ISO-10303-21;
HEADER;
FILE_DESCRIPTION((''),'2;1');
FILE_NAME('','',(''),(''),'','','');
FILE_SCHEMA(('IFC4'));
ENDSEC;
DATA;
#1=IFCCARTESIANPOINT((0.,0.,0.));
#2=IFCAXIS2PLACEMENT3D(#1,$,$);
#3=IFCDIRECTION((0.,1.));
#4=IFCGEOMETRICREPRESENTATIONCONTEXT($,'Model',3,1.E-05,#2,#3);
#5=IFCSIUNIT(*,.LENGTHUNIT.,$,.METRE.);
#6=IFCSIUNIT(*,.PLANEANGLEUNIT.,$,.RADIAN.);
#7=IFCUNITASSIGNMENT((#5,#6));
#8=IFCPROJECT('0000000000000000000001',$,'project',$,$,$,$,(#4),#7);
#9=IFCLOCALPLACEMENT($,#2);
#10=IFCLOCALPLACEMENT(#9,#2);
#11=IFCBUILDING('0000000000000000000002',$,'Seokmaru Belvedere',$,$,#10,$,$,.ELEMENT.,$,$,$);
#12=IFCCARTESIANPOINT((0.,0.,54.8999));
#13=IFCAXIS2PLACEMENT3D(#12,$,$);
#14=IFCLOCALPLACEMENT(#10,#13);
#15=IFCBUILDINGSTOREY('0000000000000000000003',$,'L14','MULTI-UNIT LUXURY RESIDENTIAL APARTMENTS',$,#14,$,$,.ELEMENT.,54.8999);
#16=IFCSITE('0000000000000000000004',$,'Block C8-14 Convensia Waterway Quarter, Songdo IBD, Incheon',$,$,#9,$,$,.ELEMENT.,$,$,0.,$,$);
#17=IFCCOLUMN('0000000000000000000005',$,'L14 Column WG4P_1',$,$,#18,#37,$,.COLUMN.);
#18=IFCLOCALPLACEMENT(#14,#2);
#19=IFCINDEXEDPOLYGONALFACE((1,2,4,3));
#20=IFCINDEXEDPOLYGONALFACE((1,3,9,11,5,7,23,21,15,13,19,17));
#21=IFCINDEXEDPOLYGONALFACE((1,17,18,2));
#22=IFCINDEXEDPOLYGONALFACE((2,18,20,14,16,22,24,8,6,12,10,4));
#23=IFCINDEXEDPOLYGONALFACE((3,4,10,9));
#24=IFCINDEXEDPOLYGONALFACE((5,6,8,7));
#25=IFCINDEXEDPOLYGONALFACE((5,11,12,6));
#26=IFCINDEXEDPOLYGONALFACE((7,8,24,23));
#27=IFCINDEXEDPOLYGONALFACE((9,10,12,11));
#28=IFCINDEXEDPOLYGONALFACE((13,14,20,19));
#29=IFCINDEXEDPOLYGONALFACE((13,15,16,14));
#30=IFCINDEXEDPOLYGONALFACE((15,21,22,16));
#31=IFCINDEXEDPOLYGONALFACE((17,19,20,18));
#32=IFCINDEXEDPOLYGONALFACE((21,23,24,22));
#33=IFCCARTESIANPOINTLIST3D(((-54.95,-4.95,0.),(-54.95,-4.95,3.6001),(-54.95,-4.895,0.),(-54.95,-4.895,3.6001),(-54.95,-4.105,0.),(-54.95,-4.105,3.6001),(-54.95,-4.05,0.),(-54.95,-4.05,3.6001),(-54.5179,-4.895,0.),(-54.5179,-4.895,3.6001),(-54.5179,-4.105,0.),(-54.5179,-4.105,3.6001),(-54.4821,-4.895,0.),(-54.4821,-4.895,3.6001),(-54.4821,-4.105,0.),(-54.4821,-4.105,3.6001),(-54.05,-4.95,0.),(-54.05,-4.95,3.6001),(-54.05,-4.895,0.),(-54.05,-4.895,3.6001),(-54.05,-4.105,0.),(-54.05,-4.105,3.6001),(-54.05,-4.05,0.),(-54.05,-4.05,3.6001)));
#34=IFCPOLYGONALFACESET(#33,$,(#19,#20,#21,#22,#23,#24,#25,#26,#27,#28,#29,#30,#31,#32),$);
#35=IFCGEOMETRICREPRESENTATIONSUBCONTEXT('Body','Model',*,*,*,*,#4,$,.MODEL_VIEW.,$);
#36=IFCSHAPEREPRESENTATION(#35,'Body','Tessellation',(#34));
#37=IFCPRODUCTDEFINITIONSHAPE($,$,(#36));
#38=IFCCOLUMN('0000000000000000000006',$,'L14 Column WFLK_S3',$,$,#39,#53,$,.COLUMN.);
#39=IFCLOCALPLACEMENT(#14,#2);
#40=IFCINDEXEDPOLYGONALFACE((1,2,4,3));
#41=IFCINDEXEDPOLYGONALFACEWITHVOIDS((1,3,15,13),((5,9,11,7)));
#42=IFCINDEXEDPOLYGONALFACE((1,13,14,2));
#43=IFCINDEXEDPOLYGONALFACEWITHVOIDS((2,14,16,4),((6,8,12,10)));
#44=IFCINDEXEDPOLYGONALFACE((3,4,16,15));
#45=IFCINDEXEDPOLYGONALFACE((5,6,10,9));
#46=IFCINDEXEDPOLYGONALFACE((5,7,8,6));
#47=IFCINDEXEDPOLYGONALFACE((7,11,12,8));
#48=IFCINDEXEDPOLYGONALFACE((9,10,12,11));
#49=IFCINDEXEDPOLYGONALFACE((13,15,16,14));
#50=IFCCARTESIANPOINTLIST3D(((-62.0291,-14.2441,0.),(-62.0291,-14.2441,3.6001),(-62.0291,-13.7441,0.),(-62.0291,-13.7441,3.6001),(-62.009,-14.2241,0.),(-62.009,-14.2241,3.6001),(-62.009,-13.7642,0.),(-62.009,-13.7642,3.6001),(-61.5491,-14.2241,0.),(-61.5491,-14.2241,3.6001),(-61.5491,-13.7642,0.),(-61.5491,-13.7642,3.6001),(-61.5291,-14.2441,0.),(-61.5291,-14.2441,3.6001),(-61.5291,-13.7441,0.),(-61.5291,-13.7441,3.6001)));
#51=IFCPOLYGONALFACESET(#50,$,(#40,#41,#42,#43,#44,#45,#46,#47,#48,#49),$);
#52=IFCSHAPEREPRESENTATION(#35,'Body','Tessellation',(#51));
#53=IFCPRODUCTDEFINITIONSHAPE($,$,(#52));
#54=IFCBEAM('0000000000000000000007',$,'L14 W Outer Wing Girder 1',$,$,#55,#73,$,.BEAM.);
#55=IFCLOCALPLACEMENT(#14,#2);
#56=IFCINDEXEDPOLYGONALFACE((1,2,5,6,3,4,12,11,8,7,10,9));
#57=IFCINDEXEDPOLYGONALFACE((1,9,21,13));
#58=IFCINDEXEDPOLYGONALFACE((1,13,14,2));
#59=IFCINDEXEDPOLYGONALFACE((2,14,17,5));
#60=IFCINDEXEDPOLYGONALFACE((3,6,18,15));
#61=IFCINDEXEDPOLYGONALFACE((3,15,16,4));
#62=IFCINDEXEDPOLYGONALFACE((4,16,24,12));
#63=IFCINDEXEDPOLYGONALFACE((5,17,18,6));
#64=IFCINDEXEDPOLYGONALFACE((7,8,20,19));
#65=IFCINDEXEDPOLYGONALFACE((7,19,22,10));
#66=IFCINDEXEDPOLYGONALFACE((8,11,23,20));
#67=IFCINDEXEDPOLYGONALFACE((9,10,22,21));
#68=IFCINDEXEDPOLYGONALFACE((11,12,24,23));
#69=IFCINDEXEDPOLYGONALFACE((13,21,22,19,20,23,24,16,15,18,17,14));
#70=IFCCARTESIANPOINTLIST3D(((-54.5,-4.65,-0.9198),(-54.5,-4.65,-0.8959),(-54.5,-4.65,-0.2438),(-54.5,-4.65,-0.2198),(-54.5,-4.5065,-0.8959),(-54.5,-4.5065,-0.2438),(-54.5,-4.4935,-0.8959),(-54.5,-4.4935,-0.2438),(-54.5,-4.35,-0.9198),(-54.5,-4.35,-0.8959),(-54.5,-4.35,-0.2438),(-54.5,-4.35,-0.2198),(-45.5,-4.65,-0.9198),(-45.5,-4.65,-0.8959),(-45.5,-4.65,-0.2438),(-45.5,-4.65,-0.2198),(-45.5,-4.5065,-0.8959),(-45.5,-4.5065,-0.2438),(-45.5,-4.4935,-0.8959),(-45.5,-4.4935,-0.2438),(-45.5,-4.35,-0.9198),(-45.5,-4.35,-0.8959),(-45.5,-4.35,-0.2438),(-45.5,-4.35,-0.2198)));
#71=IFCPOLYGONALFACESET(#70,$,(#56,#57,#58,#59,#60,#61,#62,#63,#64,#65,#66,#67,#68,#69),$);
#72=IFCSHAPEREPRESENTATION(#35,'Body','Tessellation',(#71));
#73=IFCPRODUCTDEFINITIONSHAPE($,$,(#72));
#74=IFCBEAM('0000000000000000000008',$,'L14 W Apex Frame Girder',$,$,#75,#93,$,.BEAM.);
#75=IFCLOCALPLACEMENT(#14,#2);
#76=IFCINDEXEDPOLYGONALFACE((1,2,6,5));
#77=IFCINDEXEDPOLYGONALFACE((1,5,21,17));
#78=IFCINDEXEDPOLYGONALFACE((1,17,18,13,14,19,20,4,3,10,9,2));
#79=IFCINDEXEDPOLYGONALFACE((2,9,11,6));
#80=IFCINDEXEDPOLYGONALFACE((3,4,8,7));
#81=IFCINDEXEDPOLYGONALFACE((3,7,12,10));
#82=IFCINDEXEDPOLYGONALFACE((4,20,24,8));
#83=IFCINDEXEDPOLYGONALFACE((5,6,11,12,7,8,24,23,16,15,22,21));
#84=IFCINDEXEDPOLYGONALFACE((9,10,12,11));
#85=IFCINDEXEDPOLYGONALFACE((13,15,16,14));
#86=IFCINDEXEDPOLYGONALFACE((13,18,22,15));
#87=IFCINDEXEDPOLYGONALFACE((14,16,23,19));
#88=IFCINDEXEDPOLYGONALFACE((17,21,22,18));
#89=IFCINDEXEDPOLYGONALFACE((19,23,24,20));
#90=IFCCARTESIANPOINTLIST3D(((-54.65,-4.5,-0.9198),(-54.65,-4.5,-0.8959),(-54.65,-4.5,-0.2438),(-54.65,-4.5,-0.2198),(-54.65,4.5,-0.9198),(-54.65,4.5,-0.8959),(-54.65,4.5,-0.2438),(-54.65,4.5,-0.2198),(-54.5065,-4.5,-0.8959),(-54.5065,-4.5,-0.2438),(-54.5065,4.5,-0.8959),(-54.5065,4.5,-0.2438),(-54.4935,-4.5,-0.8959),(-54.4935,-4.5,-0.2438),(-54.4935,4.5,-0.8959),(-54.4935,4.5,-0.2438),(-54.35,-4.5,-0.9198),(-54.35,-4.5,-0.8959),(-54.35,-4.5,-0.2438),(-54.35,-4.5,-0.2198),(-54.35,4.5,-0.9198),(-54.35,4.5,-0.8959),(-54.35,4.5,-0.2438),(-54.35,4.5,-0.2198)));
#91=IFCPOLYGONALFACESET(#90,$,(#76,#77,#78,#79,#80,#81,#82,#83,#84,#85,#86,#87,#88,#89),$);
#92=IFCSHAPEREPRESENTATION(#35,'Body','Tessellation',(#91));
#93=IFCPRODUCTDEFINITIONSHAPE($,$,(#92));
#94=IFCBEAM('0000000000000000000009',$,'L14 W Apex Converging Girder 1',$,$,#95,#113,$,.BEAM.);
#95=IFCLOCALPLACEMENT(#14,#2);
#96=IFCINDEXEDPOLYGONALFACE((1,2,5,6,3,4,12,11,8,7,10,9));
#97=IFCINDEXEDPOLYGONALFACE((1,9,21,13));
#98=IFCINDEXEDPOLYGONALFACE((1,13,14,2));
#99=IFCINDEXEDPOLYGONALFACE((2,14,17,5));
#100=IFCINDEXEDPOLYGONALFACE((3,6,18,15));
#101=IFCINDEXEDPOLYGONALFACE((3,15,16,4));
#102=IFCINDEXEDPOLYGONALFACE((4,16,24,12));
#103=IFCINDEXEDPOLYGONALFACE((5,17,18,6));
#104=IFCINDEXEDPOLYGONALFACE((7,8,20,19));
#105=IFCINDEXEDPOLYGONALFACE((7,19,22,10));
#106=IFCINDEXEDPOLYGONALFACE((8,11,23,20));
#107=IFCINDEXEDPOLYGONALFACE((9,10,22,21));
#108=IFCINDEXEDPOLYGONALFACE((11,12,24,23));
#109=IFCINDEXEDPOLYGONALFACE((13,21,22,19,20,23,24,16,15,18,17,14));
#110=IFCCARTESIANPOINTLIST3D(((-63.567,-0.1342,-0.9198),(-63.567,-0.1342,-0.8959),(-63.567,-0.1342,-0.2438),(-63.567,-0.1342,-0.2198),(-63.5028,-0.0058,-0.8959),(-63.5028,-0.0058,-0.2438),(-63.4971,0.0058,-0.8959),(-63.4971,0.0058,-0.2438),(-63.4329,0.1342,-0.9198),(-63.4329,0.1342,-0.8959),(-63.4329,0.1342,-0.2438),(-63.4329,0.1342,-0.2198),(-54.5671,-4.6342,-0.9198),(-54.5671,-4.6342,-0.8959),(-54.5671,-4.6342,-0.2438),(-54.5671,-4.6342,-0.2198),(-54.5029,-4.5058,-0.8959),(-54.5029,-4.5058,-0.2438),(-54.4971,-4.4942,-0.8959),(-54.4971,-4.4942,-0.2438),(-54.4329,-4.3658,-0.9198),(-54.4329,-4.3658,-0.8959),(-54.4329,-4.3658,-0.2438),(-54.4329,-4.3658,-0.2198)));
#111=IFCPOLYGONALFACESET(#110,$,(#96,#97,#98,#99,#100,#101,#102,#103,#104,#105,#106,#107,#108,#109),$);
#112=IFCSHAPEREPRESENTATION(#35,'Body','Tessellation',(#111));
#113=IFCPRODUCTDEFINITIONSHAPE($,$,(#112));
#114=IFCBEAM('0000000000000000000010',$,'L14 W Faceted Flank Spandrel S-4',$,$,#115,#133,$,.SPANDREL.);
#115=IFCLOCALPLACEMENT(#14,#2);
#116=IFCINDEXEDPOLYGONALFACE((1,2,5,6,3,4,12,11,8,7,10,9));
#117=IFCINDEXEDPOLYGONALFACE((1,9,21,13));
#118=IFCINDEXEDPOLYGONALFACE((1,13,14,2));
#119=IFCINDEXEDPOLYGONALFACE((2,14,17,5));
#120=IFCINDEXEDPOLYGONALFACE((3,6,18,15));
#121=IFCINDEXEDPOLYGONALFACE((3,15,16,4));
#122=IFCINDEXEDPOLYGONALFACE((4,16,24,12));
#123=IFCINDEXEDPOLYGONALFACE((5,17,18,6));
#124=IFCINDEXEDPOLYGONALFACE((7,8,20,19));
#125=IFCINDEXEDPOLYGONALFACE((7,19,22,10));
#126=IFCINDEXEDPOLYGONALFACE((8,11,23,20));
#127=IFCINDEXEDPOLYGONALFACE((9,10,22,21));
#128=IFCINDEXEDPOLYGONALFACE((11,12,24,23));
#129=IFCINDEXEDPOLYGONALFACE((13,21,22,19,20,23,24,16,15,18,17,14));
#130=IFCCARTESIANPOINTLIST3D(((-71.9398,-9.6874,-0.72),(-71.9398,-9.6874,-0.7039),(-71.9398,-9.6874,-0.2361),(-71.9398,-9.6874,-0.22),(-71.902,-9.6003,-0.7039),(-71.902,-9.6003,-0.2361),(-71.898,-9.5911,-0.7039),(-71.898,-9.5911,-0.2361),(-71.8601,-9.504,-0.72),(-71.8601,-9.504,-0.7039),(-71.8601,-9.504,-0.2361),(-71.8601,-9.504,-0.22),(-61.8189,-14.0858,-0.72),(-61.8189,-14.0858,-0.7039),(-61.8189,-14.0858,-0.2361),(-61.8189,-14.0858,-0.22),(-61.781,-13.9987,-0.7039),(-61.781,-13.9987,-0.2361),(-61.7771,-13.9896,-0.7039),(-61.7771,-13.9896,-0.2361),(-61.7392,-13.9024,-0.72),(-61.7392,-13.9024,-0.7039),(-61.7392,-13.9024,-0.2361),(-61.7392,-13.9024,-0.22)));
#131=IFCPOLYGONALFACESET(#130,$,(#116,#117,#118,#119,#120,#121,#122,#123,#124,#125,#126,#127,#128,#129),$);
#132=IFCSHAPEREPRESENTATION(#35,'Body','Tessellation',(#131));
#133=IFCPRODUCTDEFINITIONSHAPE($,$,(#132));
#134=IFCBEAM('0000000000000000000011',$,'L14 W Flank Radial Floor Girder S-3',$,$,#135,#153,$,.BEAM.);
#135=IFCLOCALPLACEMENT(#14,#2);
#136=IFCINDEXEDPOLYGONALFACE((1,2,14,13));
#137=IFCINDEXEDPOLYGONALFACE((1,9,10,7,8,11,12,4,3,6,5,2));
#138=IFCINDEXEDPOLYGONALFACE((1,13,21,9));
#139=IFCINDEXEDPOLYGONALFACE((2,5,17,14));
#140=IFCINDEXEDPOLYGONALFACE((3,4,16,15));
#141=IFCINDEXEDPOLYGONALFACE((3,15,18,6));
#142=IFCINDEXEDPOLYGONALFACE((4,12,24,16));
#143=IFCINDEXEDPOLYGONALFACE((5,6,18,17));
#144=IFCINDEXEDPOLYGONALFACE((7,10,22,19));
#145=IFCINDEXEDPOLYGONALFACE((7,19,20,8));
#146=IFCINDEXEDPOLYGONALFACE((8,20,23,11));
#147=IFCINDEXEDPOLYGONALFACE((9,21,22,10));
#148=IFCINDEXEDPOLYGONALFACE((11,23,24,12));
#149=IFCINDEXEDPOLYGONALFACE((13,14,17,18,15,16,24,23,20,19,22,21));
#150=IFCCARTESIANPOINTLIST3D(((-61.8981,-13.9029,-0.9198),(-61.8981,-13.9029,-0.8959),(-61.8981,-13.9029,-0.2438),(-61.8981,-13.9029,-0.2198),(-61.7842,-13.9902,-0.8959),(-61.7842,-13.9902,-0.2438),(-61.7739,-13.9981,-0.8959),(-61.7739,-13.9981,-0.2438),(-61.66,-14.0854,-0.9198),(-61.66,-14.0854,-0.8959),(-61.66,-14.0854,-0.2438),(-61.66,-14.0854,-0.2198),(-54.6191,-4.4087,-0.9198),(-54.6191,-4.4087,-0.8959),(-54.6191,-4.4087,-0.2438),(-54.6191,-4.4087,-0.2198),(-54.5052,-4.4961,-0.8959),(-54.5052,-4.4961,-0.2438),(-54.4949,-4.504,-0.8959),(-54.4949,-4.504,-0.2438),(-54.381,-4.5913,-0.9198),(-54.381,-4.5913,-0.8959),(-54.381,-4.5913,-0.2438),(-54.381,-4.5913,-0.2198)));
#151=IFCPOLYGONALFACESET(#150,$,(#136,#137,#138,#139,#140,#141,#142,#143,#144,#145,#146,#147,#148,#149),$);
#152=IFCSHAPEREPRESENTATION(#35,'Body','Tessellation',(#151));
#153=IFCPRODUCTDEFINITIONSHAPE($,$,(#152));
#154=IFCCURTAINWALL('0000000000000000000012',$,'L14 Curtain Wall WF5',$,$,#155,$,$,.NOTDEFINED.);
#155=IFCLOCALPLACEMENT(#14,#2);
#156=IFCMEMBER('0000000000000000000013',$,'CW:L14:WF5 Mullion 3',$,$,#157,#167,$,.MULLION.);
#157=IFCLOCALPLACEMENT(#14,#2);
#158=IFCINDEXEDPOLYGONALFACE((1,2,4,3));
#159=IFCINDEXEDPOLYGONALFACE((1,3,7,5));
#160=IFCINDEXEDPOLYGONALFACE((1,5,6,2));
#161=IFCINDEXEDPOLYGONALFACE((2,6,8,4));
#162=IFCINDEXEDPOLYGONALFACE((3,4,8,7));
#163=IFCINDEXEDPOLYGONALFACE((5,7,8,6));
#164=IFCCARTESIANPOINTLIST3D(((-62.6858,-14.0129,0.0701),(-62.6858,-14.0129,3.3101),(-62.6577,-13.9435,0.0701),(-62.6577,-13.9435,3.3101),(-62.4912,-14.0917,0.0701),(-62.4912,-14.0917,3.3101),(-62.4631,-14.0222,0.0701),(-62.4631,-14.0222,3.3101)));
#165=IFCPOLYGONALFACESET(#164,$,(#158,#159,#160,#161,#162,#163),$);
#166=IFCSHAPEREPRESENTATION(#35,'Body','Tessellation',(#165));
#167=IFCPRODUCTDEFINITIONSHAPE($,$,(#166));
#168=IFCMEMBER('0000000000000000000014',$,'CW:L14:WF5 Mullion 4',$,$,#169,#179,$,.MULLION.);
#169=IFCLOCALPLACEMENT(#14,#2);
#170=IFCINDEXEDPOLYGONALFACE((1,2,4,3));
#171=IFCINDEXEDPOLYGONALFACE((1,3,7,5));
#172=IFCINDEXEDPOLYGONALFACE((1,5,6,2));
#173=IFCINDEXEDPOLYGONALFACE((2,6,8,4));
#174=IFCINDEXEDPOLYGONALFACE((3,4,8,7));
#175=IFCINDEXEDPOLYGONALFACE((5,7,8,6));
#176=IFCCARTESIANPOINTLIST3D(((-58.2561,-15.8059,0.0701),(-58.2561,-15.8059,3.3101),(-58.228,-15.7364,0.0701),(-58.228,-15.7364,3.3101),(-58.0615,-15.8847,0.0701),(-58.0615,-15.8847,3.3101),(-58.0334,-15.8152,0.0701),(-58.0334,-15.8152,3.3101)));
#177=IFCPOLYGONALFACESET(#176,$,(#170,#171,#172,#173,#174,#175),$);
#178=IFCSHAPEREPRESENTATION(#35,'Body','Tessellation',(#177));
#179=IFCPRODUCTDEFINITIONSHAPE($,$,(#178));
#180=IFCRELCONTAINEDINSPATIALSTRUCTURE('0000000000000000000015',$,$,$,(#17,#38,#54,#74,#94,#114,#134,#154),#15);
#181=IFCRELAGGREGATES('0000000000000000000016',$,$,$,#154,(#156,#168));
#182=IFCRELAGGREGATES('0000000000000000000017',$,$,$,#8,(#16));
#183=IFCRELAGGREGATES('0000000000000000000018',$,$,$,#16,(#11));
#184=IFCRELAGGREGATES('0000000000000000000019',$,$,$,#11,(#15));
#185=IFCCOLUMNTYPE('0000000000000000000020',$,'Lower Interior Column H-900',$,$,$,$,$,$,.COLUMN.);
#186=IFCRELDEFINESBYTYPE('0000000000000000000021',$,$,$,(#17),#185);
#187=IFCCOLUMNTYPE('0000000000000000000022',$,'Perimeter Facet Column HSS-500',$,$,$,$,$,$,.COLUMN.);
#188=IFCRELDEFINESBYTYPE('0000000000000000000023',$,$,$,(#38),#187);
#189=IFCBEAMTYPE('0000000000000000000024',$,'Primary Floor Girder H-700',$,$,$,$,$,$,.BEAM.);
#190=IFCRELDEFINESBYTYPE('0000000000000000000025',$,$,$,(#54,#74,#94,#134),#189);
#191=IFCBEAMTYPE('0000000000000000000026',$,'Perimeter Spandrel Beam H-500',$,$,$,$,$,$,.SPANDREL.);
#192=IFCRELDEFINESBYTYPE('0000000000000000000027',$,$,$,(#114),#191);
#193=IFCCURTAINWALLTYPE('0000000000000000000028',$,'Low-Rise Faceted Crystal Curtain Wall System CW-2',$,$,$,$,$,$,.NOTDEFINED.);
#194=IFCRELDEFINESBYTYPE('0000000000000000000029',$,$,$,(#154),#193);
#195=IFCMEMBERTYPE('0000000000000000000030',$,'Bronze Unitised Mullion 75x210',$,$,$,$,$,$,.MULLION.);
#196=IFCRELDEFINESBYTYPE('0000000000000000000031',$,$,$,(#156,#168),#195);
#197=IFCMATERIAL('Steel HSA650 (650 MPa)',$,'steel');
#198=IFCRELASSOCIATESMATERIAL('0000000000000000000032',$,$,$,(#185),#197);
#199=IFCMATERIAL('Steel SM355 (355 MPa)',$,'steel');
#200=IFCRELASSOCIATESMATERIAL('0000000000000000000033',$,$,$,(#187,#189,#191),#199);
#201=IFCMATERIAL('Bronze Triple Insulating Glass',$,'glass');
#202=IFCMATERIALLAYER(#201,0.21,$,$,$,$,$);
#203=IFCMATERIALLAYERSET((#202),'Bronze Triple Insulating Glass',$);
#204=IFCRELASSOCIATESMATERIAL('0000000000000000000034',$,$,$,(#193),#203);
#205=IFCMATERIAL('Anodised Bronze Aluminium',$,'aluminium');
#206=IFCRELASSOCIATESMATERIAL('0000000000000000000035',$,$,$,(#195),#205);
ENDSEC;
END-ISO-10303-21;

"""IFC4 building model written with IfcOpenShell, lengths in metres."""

from ifc_helpers import new_model, si_unit, direction, frame, origin, origin_2d, place, context, subcontext, project, spatial, rectangle, hollow_rectangle, i_section, extrude, source, transform, mapped, material, layer, layer_set, material_profile, profile_set, type_object, type_shapes, element, aggregate, save


model = new_model("IFC4")

# Units and contexts
model_context = context("Model", 3, precision=1e-05, world=origin(), true_north=direction((0.0, 1.0)))
body_context = subcontext(model_context, "Body", "Model", "MODEL_VIEW")
ifc_project = project(units=[si_unit("LENGTHUNIT", "METRE"), si_unit("PLANEANGLEUNIT", "RADIAN")], contexts=[model_context])

# Site, building, storey
site_placement = place(None, origin())
site = spatial("IfcSite", under=ifc_project, at=site_placement, Name="Block C8-14 Convensia Waterway Quarter, Songdo IBD, Incheon", CompositionType="ELEMENT", RefElevation=0.0)
building_placement = place(site_placement, origin())
building = spatial("IfcBuilding", under=site, at=building_placement, Name="Seokmaru Belvedere", CompositionType="ELEMENT")
storey_placement = place(building_placement, frame((0.0, 0.0, 54.8999)))
storey = spatial("IfcBuildingStorey", under=building, at=storey_placement, Name="L14", Description="MULTI-UNIT LUXURY RESIDENTIAL APARTMENTS", CompositionType="ELEMENT", Elevation=54.8999)

# Columns
ifc_material_1 = material(Name="Steel HSA650 (650 MPa)", Category="steel")
ifc_material_profile_1 = material_profile(ifc_material_1, i_section(OverallWidth=0.8999, OverallDepth=0.8999, WebThickness=0.0359, FlangeThickness=0.0549, at=origin_2d()), Name="H-900x900x36x55")
ifc_profile_set_1 = profile_set([ifc_material_profile_1], Name="Steel HSA650 (650 MPa)")
column_type_1 = type_object("IfcColumnType", Name="Lower Interior Column H-900", PredefinedType="COLUMN", material=ifc_profile_set_1)
shared_shape_1 = source(origin(), body_context, "Body", "SweptSolid", [
    extrude(i_section(OverallWidth=0.8999, OverallDepth=0.8999, WebThickness=0.0359, FlangeThickness=0.0549, at=origin_2d()), origin(), (0.0, 0.0, 1.0), 3.6001),
])
type_shapes(column_type_1, [shared_shape_1])
column_1_placement = place(storey_placement, frame((-54.5, -4.5, 0.0), z_axis=(0.0, 0.0, 1.0), x_axis=(1.0, 0.0, 0.0)))
element("IfcColumn", 1, at=column_1_placement, inside=storey, type_object=column_type_1, Name="L14 Column WG4P_1", PredefinedType="COLUMN", context=body_context, shape_type="MappedRepresentation", body=[
    mapped(shared_shape_1, transform((0.0, 0.0, 0.0), scale=1.0)),
])
ifc_material_2 = material(Name="Steel SM355 (355 MPa)", Category="steel")
ifc_material_profile_2 = material_profile(ifc_material_2, hollow_rectangle(XDim=0.5, YDim=0.5, WallThickness=0.02, at=origin_2d()), Name="HSS-500x500x20")
ifc_profile_set_2 = profile_set([ifc_material_profile_2], Name="Steel SM355 (355 MPa)")
column_type_2 = type_object("IfcColumnType", Name="Perimeter Facet Column HSS-500", PredefinedType="COLUMN", material=ifc_profile_set_2)
shared_shape_2 = source(origin(), body_context, "Body", "SweptSolid", [
    extrude(hollow_rectangle(XDim=0.5, YDim=0.5, WallThickness=0.02, at=origin_2d()), origin(), (0.0, 0.0, 1.0), 3.6001),
])
type_shapes(column_type_2, [shared_shape_2])
column_2_placement = place(storey_placement, frame((-61.7791, -13.9941, 0.0), z_axis=(0.0, 0.0, 1.0), x_axis=(1.0, 0.0, 0.0)))
element("IfcColumn", 2, at=column_2_placement, inside=storey, type_object=column_type_2, Name="L14 Column WFLK_S3", PredefinedType="COLUMN", context=body_context, shape_type="MappedRepresentation", body=[
    mapped(shared_shape_2, transform((0.0, 0.0, 0.0), scale=1.0)),
])

# Beams
ifc_material_profile_3 = material_profile(ifc_material_2, i_section(OverallWidth=0.3, OverallDepth=0.7, WebThickness=0.0129, FlangeThickness=0.0239, at=origin_2d()), Name="H-700x300x13x24")
ifc_profile_set_3 = profile_set([ifc_material_profile_3], Name="Steel SM355 (355 MPa)")
beam_type_1 = type_object("IfcBeamType", Name="Primary Floor Girder H-700", PredefinedType="BEAM", material=ifc_profile_set_3)
shared_shape_3 = source(origin(), body_context, "Body", "SweptSolid", [
    extrude(i_section(OverallWidth=0.3, OverallDepth=0.7, WebThickness=0.0129, FlangeThickness=0.0239, at=origin_2d()), origin(), (0.0, 0.0, 1.0), 9.0),
])
for number, where, z_axis, x_axis, name in (
    (3, (-54.5, -4.5, -0.5698), (1.0, 0.0, 0.0), (0.0, 1.0, 0.0), "L14 W Outer Wing Girder 1"),
    (4, (-54.5, -4.5, -0.5698), (0.0, 1.0, 0.0), (-1.0, 0.0, 0.0), "L14 W Apex Frame Girder"),
):
    element("IfcBeam", number, at=place(storey_placement, frame(where, z_axis=z_axis, x_axis=x_axis)), inside=storey, type_object=beam_type_1, Name=name, PredefinedType="BEAM", context=body_context, shape_type="MappedRepresentation", body=[
        mapped(shared_shape_3, transform((0.0, 0.0, 0.0), scale=1.0)),
    ])
shared_shape_4 = source(origin(), body_context, "Body", "SweptSolid", [
    extrude(i_section(OverallWidth=0.3, OverallDepth=0.7, WebThickness=0.0129, FlangeThickness=0.0239, at=origin_2d()), origin(), (0.0, 0.0, 1.0), 10.0623),
])
beam_1_placement = place(storey_placement, frame((-54.5, -4.5, -0.5698), z_axis=(-0.894427, 0.447214, 0.0), x_axis=(-0.447214, -0.894427, 0.0)))
element("IfcBeam", 5, at=beam_1_placement, inside=storey, type_object=beam_type_1, Name="L14 W Apex Converging Girder 1", PredefinedType="BEAM", context=body_context, shape_type="MappedRepresentation", body=[
    mapped(shared_shape_4, transform((0.0, 0.0, 0.0), scale=1.0)),
])
ifc_material_profile_4 = material_profile(ifc_material_2, i_section(OverallWidth=0.2, OverallDepth=0.5, WebThickness=0.01, FlangeThickness=0.0161, at=origin_2d()), Name="H-500x200x10x16")
ifc_profile_set_4 = profile_set([ifc_material_profile_4], Name="Steel SM355 (355 MPa)")
beam_type_2 = type_object("IfcBeamType", Name="Perimeter Spandrel Beam H-500", PredefinedType="SPANDREL", material=ifc_profile_set_4)
shared_shape_5 = source(origin(), body_context, "Body", "SweptSolid", [
    extrude(i_section(OverallWidth=0.2, OverallDepth=0.5, WebThickness=0.01, FlangeThickness=0.0161, at=origin_2d()), origin(), (0.0, 0.0, 1.0), 11.0354),
])
type_shapes(beam_type_2, [shared_shape_5])
beam_2_placement = place(storey_placement, frame((-61.7791, -13.9941, -0.47), z_axis=(-0.917134, 0.398579, 0.0), x_axis=(-0.398579, -0.917134, 0.0)))
element("IfcBeam", 6, at=beam_2_placement, inside=storey, type_object=beam_type_2, Name="L14 W Faceted Flank Spandrel S-4", PredefinedType="SPANDREL", context=body_context, shape_type="MappedRepresentation", body=[
    mapped(shared_shape_5, transform((0.0, 0.0, 0.0), scale=1.0)),
])
shared_shape_6 = source(origin(), body_context, "Body", "SweptSolid", [
    extrude(i_section(OverallWidth=0.3, OverallDepth=0.7, WebThickness=0.0129, FlangeThickness=0.0239, at=origin_2d()), origin(), (0.0, 0.0, 1.0), 11.9634),
])
type_shapes(beam_type_1, [shared_shape_3, shared_shape_4, shared_shape_6])
beam_3_placement = place(storey_placement, frame((-61.7791, -13.9941, -0.5698), z_axis=(0.608443, 0.793598, 0.0), x_axis=(-0.793598, 0.608443, 0.0)))
element("IfcBeam", 7, at=beam_3_placement, inside=storey, type_object=beam_type_1, Name="L14 W Flank Radial Floor Girder S-3", PredefinedType="BEAM", context=body_context, shape_type="MappedRepresentation", body=[
    mapped(shared_shape_6, transform((0.0, 0.0, 0.0), scale=1.0)),
])

# Curtain wall, members
ifc_material_3 = material(Name="Bronze Triple Insulating Glass", Category="glass")
ifc_layer_1 = layer(ifc_material_3, 0.21)
ifc_layer_set_1 = layer_set([ifc_layer_1], Name="Bronze Triple Insulating Glass")
curtain_wall_type = type_object("IfcCurtainWallType", Name="Low-Rise Faceted Crystal Curtain Wall System CW-2", PredefinedType="NOTDEFINED", material=ifc_layer_set_1)
curtain_wall_placement = place(storey_placement, origin())
curtain_wall = element("IfcCurtainWall", 8, at=curtain_wall_placement, inside=storey, type_object=curtain_wall_type, Name="L14 Curtain Wall WF5", PredefinedType="NOTDEFINED")
ifc_material_4 = material(Name="Anodised Bronze Aluminium", Category="aluminium")
ifc_material_profile_5 = material_profile(ifc_material_4, rectangle(XDim=0.075, YDim=0.21, at=origin_2d()), Name="CW-M-75x210")
ifc_profile_set_5 = profile_set([ifc_material_profile_5], Name="Anodised Bronze Aluminium")
member_type = type_object("IfcMemberType", Name="Bronze Unitised Mullion 75x210", PredefinedType="MULLION", material=ifc_profile_set_5)
shared_shape_7 = source(origin(), body_context, "Body", "SweptSolid", [
    extrude(rectangle(XDim=0.075, YDim=0.21, at=origin_2d()), origin(), (0.0, 0.0, 1.0), 3.24),
])
type_shapes(member_type, [shared_shape_7])
member_1_placement = place(storey_placement, frame((-62.5745, -14.0176, 0.0701), z_axis=(0.0, 0.0, 1.0), x_axis=(0.375192, 0.926947, 0.0)))
member_1 = element("IfcMember", 9, at=member_1_placement, type_object=member_type, Name="CW:L14:WF5 Mullion 3", PredefinedType="MULLION", context=body_context, shape_type="MappedRepresentation", body=[
    mapped(shared_shape_7, transform((0.0, 0.0, 0.0), scale=1.0)),
])
member_2_placement = place(storey_placement, frame((-58.1448, -15.8105, 0.0701), z_axis=(0.0, 0.0, 1.0), x_axis=(0.375192, 0.926947, 0.0)))
member_2 = element("IfcMember", 10, at=member_2_placement, type_object=member_type, Name="CW:L14:WF5 Mullion 4", PredefinedType="MULLION", context=body_context, shape_type="MappedRepresentation", body=[
    mapped(shared_shape_7, transform((0.0, 0.0, 0.0), scale=1.0)),
])
aggregate(curtain_wall, [member_1, member_2])

save(model, "model.ifc")
